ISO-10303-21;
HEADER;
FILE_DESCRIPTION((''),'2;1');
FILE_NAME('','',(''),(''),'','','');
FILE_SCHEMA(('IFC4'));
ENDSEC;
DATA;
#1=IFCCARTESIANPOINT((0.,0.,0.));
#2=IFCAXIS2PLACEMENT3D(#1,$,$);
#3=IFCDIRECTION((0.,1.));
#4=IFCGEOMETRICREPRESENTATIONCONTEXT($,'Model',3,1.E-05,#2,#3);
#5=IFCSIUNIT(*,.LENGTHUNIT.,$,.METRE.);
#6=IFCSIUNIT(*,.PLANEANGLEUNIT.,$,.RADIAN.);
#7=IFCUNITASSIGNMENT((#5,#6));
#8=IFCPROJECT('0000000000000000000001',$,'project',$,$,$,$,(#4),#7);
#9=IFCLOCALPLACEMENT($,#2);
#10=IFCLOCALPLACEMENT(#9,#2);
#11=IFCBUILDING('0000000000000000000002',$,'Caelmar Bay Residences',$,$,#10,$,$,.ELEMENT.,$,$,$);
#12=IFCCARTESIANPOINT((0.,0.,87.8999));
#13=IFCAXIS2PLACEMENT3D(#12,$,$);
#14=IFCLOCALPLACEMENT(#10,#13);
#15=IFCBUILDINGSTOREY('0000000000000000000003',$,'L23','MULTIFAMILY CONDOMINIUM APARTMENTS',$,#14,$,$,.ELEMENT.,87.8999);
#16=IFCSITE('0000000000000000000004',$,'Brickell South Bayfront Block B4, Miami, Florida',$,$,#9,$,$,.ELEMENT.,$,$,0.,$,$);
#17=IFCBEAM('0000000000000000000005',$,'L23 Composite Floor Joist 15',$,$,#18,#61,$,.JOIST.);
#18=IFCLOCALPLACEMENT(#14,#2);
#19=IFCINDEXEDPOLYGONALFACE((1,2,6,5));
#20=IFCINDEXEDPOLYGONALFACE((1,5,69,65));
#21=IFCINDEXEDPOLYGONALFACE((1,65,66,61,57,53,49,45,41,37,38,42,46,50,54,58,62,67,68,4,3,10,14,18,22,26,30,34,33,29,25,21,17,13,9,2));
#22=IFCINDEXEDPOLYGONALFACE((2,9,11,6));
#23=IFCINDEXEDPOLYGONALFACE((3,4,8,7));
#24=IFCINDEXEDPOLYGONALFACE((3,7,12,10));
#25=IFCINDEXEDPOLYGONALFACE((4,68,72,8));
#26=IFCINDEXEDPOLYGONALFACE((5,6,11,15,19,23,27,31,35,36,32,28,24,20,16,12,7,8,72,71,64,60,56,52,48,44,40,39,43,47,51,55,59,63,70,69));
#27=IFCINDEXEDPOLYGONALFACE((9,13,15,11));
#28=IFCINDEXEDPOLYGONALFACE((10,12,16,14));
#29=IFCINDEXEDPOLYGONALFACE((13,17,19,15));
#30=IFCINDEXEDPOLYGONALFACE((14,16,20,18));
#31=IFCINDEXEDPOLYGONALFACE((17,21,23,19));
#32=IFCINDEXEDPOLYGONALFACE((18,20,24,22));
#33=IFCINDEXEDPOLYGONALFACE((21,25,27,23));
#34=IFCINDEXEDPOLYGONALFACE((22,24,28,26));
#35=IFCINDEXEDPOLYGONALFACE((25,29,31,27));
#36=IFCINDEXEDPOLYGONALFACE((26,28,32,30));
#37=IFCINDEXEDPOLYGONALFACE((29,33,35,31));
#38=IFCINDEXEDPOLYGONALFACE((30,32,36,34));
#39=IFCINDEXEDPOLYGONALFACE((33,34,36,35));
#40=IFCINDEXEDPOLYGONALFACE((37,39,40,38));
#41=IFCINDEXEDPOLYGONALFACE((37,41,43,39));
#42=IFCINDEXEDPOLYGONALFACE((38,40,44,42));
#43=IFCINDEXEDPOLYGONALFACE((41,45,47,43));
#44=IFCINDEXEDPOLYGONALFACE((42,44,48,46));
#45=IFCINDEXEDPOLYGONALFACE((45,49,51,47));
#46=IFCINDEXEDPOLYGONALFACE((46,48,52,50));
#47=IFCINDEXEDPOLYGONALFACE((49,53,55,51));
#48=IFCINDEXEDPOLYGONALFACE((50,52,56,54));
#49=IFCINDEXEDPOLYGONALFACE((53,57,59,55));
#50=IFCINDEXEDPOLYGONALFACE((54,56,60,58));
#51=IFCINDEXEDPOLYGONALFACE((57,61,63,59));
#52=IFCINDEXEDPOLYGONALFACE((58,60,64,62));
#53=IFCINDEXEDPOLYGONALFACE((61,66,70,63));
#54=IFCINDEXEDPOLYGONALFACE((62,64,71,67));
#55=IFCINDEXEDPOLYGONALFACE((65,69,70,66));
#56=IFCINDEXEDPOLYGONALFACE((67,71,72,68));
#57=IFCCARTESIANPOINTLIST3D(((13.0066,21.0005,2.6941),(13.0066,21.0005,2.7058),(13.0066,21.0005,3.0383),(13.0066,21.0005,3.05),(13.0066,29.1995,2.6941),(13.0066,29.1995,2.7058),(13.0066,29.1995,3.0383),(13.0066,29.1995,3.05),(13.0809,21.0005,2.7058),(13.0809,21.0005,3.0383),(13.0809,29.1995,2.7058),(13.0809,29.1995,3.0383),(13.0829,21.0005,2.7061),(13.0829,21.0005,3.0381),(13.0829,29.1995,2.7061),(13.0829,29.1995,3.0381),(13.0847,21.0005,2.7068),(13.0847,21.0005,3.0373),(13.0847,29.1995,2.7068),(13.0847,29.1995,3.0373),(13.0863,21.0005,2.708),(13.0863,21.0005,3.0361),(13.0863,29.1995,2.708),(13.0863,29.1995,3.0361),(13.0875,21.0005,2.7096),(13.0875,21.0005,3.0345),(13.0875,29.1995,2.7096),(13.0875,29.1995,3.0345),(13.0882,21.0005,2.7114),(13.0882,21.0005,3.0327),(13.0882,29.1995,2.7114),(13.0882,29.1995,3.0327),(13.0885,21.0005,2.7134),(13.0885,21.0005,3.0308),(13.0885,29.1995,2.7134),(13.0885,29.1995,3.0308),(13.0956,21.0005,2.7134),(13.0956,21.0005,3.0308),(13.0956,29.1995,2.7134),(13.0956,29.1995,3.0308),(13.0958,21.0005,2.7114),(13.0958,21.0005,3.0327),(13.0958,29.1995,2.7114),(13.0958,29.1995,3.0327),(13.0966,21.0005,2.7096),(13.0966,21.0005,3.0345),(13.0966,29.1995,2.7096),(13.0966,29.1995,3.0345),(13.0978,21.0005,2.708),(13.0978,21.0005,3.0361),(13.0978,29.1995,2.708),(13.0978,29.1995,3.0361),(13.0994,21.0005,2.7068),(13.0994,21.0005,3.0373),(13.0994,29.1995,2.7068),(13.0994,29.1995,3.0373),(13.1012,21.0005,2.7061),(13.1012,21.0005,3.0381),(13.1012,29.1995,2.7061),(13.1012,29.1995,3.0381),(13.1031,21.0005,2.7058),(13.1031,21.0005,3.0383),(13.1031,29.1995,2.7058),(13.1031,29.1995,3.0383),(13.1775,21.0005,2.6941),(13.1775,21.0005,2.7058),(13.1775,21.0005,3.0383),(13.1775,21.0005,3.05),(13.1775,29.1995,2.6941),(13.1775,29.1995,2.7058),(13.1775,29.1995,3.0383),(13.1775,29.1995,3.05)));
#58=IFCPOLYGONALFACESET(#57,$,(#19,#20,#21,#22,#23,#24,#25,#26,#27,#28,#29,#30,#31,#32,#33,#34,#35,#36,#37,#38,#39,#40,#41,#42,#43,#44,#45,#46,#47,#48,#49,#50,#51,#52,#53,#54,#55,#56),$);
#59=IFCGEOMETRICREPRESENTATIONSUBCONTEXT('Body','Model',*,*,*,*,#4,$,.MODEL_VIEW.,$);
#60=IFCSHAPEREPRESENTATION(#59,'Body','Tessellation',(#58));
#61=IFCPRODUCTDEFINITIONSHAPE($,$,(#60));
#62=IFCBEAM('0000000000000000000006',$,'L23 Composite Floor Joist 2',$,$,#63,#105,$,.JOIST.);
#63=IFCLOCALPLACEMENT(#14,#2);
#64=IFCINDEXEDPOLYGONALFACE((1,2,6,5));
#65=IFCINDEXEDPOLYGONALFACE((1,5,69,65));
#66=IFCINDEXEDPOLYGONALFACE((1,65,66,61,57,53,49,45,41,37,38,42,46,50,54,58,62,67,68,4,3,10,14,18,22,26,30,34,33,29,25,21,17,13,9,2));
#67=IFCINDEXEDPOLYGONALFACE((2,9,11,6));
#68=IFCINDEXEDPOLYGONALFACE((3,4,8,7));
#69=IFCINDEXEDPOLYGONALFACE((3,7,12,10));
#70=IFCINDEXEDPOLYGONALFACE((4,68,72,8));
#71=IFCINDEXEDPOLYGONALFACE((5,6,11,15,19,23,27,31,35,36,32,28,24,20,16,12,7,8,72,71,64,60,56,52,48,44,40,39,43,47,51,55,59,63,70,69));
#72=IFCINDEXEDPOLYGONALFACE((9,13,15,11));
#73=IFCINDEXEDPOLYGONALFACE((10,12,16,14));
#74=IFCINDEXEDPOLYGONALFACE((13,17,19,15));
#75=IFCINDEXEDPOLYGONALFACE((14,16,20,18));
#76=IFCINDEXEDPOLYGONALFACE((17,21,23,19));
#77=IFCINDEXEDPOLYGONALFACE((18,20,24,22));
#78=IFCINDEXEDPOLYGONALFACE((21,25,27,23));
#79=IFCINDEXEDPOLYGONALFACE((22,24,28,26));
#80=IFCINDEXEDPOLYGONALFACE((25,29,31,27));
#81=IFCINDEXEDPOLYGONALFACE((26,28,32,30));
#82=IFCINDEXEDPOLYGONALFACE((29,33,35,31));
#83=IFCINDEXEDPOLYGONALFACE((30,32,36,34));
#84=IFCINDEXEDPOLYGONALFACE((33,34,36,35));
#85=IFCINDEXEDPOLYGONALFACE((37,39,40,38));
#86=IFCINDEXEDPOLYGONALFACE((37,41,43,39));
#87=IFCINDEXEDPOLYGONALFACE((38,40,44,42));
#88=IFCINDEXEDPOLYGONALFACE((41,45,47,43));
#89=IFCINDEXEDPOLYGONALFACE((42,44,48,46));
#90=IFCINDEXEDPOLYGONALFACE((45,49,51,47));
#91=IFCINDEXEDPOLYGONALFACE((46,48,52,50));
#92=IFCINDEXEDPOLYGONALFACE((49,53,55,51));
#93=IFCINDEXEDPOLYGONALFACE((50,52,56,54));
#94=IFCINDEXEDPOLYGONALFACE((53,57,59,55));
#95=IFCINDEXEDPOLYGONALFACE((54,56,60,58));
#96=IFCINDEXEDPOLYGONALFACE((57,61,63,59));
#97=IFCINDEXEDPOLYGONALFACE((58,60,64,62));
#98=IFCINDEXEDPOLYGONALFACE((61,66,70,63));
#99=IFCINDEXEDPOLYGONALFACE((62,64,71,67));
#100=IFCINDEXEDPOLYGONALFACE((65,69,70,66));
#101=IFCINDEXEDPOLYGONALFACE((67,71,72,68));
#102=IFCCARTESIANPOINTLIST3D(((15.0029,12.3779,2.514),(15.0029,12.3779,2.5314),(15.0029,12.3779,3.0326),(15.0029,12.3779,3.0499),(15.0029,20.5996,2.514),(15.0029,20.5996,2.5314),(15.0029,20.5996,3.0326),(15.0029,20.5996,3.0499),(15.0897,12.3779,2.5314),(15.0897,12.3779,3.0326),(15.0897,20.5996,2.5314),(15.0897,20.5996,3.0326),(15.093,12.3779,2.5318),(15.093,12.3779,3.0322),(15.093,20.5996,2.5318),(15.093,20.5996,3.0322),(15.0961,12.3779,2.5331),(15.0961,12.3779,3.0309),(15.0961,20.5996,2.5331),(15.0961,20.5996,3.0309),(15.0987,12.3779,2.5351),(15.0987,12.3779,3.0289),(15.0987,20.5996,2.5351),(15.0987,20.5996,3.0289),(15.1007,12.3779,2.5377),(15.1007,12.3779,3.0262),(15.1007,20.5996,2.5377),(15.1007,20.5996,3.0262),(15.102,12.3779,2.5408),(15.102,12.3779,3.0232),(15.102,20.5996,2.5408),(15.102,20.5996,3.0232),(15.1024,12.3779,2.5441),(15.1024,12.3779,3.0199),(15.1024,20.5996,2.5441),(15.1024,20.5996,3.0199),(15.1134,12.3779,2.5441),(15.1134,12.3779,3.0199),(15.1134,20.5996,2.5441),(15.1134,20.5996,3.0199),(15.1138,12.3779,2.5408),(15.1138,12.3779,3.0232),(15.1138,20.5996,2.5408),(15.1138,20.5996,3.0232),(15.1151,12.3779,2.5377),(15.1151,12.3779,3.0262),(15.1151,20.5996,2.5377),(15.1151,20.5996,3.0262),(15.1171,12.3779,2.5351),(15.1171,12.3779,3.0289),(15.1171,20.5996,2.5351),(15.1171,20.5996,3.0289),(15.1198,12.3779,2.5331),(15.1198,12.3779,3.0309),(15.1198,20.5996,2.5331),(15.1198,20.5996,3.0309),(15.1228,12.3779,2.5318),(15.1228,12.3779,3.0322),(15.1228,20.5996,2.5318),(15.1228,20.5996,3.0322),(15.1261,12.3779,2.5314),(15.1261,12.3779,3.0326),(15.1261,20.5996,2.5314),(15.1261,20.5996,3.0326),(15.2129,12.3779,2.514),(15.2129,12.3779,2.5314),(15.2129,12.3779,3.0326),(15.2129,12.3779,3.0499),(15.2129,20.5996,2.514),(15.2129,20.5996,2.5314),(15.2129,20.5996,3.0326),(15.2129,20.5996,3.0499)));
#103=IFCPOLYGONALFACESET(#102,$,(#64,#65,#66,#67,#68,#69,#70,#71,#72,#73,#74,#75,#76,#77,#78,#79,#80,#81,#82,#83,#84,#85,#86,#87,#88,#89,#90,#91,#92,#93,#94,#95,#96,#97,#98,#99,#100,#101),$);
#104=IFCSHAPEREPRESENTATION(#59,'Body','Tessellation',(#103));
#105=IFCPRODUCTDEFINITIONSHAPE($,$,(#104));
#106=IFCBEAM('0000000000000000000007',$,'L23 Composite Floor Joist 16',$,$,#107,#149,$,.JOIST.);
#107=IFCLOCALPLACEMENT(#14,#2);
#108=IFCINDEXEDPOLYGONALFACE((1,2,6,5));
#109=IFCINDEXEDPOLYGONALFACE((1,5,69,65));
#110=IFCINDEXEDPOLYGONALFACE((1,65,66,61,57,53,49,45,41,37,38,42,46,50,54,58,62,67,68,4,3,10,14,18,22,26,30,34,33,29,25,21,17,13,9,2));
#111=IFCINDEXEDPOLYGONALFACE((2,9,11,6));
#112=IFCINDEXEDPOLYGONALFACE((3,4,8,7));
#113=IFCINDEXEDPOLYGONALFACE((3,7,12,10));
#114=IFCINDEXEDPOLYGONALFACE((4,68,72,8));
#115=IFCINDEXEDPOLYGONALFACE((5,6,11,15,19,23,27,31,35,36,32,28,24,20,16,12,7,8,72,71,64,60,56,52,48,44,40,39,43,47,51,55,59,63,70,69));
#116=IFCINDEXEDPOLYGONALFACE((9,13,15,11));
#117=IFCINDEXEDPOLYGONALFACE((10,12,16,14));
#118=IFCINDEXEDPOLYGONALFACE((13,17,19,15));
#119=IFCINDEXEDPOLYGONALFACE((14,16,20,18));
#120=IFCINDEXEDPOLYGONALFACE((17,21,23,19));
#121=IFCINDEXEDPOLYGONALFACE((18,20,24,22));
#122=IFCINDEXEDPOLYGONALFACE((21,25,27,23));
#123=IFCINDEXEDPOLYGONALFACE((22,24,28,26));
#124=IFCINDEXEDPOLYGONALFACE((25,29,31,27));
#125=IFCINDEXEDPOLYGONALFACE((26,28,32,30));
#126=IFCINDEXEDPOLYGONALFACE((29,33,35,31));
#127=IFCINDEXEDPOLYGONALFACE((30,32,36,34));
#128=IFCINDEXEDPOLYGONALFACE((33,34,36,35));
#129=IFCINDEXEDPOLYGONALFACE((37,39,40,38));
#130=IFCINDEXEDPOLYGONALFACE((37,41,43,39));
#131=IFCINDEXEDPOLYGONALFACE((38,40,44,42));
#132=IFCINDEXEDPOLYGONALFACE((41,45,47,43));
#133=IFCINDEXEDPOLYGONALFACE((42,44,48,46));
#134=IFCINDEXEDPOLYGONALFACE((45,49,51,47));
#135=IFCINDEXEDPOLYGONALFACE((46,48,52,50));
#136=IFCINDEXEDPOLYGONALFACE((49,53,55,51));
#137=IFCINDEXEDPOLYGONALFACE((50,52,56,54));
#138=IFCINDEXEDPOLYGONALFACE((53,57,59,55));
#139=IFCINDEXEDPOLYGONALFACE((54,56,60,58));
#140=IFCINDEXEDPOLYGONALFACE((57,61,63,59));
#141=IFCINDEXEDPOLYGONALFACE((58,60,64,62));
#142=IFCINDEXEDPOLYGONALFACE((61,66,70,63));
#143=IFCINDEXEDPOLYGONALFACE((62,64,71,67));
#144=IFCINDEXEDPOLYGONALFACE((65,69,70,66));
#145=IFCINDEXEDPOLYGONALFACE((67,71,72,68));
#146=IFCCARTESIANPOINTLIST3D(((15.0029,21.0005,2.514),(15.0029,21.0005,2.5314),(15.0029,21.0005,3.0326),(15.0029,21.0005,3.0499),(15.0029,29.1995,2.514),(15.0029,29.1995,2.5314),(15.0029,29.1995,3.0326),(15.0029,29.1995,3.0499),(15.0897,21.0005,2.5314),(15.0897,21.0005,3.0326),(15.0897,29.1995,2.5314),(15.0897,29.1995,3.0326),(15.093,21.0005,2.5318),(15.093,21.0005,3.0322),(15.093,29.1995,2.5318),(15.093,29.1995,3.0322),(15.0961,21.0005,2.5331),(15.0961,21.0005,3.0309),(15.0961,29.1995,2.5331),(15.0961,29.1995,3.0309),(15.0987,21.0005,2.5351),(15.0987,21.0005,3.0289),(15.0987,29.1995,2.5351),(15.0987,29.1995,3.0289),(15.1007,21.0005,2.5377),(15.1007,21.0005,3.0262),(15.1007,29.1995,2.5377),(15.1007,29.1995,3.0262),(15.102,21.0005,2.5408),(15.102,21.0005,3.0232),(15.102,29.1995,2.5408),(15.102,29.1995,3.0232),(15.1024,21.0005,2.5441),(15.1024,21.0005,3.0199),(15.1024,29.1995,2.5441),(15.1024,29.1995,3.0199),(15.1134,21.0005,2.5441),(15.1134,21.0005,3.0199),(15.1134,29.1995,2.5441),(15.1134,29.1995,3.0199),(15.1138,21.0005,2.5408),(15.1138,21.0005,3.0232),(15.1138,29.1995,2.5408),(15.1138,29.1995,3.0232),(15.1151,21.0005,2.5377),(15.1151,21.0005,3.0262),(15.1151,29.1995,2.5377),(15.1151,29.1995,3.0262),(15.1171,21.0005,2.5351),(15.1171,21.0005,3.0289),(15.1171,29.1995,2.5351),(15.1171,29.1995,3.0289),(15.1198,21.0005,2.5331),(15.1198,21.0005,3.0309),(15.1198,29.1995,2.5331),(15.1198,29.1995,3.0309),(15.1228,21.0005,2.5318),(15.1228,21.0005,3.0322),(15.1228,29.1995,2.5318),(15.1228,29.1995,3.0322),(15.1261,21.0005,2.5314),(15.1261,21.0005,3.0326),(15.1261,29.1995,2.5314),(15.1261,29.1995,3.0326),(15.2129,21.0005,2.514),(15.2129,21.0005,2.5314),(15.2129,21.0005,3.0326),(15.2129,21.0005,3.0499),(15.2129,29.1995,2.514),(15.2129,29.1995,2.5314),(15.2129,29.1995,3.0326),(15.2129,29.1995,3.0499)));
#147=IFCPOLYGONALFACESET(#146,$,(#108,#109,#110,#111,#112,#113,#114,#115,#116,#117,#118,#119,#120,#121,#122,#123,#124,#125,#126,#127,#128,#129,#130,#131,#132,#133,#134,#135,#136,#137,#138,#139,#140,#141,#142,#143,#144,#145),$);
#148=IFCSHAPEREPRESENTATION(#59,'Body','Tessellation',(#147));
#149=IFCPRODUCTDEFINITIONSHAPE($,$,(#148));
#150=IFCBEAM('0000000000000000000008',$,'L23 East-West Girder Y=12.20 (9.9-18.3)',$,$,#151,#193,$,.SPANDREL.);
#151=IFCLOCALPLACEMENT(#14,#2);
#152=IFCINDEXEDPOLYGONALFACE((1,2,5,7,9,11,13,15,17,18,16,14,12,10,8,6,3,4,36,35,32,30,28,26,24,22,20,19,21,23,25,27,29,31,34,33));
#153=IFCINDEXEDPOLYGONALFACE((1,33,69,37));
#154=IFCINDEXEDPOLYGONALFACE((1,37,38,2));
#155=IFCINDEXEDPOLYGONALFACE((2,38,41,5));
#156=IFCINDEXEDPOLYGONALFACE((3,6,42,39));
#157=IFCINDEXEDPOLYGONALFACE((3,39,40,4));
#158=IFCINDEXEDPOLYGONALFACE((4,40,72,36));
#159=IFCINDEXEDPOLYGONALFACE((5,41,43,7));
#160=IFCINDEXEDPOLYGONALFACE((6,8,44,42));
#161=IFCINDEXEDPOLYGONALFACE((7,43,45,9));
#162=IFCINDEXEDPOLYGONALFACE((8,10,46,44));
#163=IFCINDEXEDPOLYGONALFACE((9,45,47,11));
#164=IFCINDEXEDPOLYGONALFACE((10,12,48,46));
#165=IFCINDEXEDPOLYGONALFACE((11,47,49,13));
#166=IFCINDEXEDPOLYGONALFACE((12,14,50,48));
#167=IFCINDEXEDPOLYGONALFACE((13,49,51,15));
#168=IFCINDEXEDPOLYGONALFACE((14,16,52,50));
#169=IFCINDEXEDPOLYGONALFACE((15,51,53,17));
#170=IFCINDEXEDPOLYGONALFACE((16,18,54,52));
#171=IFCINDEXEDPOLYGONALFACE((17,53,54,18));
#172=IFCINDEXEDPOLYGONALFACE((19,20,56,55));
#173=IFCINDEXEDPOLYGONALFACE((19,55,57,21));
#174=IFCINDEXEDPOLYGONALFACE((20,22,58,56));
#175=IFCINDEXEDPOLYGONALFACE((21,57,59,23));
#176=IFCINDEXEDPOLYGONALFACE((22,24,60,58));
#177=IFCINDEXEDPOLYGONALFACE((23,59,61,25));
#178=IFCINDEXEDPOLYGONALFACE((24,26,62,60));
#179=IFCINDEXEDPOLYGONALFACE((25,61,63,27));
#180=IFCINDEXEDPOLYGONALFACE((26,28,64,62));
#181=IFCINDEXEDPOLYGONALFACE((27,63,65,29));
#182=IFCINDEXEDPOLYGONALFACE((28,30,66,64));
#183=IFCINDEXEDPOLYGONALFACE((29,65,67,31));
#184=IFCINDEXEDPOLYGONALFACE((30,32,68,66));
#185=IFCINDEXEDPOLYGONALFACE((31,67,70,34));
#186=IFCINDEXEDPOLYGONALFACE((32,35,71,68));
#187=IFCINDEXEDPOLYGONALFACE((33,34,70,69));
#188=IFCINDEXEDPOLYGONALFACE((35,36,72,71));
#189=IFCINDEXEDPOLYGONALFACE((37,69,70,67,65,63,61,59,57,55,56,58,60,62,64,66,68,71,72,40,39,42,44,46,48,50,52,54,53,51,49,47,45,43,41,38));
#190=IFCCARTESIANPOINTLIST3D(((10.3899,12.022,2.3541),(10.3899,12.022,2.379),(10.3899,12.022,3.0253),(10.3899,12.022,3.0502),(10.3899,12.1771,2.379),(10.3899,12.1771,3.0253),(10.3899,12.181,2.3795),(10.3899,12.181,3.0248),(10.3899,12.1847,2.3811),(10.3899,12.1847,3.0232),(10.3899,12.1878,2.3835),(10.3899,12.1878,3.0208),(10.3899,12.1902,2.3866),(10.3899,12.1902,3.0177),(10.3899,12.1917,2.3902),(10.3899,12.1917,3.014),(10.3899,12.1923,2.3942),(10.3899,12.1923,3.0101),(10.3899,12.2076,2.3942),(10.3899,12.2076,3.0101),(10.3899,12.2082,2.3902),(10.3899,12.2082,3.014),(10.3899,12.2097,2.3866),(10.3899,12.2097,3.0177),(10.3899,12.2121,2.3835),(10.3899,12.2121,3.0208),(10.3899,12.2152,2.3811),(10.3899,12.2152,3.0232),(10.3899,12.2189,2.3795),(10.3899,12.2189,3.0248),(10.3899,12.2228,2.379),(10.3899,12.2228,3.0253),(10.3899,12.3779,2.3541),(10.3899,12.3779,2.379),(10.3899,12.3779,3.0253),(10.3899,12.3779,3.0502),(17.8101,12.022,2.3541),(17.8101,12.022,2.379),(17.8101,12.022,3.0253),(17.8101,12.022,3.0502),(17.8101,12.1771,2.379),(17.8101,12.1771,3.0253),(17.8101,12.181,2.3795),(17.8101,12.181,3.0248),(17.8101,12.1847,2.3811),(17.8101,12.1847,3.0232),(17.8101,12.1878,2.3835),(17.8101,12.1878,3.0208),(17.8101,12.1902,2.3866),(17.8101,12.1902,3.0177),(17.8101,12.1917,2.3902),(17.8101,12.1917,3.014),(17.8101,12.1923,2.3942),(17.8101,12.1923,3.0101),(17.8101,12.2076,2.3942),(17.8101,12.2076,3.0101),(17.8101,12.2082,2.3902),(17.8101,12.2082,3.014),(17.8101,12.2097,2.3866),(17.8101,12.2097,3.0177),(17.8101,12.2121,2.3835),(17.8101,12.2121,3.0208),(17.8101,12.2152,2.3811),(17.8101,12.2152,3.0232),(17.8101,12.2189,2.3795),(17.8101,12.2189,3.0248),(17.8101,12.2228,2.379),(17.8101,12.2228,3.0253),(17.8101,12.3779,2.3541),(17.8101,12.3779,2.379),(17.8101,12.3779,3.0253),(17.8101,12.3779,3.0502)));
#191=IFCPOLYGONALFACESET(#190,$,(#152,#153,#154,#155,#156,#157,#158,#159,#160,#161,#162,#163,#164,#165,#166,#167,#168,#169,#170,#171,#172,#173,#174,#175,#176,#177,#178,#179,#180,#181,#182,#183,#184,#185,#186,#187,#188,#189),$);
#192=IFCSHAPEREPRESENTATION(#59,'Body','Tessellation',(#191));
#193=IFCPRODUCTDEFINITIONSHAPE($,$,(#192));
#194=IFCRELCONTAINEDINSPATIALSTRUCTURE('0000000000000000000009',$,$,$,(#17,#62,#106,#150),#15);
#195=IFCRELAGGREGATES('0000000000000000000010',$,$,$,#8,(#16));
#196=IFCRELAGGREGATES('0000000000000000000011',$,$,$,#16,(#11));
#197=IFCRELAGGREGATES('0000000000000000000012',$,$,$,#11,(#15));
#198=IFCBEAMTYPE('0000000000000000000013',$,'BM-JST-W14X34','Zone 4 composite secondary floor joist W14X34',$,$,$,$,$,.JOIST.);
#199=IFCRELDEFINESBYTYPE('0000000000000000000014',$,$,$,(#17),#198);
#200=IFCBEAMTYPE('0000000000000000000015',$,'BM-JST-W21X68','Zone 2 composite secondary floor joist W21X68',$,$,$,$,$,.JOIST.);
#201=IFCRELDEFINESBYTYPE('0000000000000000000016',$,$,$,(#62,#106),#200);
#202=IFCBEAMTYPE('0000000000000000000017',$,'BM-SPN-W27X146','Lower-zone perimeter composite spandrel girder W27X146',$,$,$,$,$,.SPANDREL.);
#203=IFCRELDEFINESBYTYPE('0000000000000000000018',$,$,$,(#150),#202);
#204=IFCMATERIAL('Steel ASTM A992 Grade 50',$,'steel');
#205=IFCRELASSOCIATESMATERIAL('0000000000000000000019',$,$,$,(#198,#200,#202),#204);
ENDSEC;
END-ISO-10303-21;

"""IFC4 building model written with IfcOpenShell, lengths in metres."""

from ifc_helpers import new_model, si_unit, direction, frame, origin, origin_2d, place, context, subcontext, project, spatial, i_section, extrude, material, material_profile, profile_set, type_object, element, save


model = new_model("IFC4")

# Units and contexts
model_context = context("Model", 3, precision=1e-05, world=origin(), true_north=direction((0.0, 1.0)))
body_context = subcontext(model_context, "Body", "Model", "MODEL_VIEW")
ifc_project = project(units=[si_unit("LENGTHUNIT", "METRE"), si_unit("PLANEANGLEUNIT", "RADIAN")], contexts=[model_context])

# Site, building, storey
site_placement = place(None, origin())
site = spatial("IfcSite", under=ifc_project, at=site_placement, Name="Brickell South Bayfront Block B4, Miami, Florida", CompositionType="ELEMENT", RefElevation=0.0)
building_placement = place(site_placement, origin())
building = spatial("IfcBuilding", under=site, at=building_placement, Name="Caelmar Bay Residences", CompositionType="ELEMENT")
storey_placement = place(building_placement, frame((0.0, 0.0, 87.8999)))
storey = spatial("IfcBuildingStorey", under=building, at=storey_placement, Name="L23", Description="MULTIFAMILY CONDOMINIUM APARTMENTS", CompositionType="ELEMENT", Elevation=87.8999)

# Beams
ifc_material_1 = material(Name="Steel ASTM A992 Grade 50", Category="steel")
ifc_material_profile_1 = material_profile(ifc_material_1, i_section(OverallWidth=0.1709, OverallDepth=0.356, WebThickness=0.0071, FlangeThickness=0.0117, FilletRadius=0.0076, at=origin_2d()), Name="W14X34")
ifc_profile_set_1 = profile_set([ifc_material_profile_1], Name="Steel ASTM A992 Grade 50")
beam_type_1 = type_object("IfcBeamType", Name="BM-JST-W14X34", Description="Zone 4 composite secondary floor joist W14X34", PredefinedType="JOIST", material=ifc_profile_set_1)
beam_1_placement = place(storey_placement, frame((13.092, 21.0005, 2.8721), z_axis=(0.0, 1.0, 0.0), x_axis=(-1.0, 0.0, 0.0)))
element("IfcBeam", 1, at=beam_1_placement, inside=storey, type_object=beam_type_1, Name="L23 Composite Floor Joist 15", PredefinedType="JOIST", context=body_context, shape_type="SweptSolid", body=[
    extrude(i_section(OverallWidth=0.1709, OverallDepth=0.356, WebThickness=0.0071, FlangeThickness=0.0117, FilletRadius=0.0076, at=origin_2d()), origin(), (0.0, 0.0, 1.0), 8.199),
])
ifc_material_profile_2 = material_profile(ifc_material_1, i_section(OverallWidth=0.21, OverallDepth=0.5359, WebThickness=0.011, FlangeThickness=0.0173, FilletRadius=0.0127, at=origin_2d()), Name="W21X68")
ifc_profile_set_2 = profile_set([ifc_material_profile_2], Name="Steel ASTM A992 Grade 50")
beam_type_2 = type_object("IfcBeamType", Name="BM-JST-W21X68", Description="Zone 2 composite secondary floor joist W21X68", PredefinedType="JOIST", material=ifc_profile_set_2)
beam_2_placement = place(storey_placement, frame((15.1079, 12.3779, 2.782), z_axis=(0.0, 1.0, 0.0), x_axis=(-1.0, 0.0, 0.0)))
element("IfcBeam", 2, at=beam_2_placement, inside=storey, type_object=beam_type_2, Name="L23 Composite Floor Joist 2", PredefinedType="JOIST", context=body_context, shape_type="SweptSolid", body=[
    extrude(i_section(OverallWidth=0.21, OverallDepth=0.5359, WebThickness=0.011, FlangeThickness=0.0173, FilletRadius=0.0127, at=origin_2d()), origin(), (0.0, 0.0, 1.0), 8.2217),
])
beam_3_placement = place(storey_placement, frame((15.1079, 21.0005, 2.782), z_axis=(0.0, 1.0, 0.0), x_axis=(-1.0, 0.0, 0.0)))
element("IfcBeam", 3, at=beam_3_placement, inside=storey, type_object=beam_type_2, Name="L23 Composite Floor Joist 16", PredefinedType="JOIST", context=body_context, shape_type="SweptSolid", body=[
    extrude(i_section(OverallWidth=0.21, OverallDepth=0.5359, WebThickness=0.011, FlangeThickness=0.0173, FilletRadius=0.0127, at=origin_2d()), origin(), (0.0, 0.0, 1.0), 8.199),
])
ifc_material_profile_3 = material_profile(ifc_material_1, i_section(OverallWidth=0.356, OverallDepth=0.696, WebThickness=0.0154, FlangeThickness=0.0249, FilletRadius=0.0151, at=origin_2d()), Name="W27X146")
ifc_profile_set_3 = profile_set([ifc_material_profile_3], Name="Steel ASTM A992 Grade 50")
beam_type_3 = type_object("IfcBeamType", Name="BM-SPN-W27X146", Description="Lower-zone perimeter composite spandrel girder W27X146", PredefinedType="SPANDREL", material=ifc_profile_set_3)
beam_4_placement = place(storey_placement, frame((10.3899, 12.2, 2.7021), z_axis=(1.0, 0.0, 0.0), x_axis=(0.0, 1.0, 0.0)))
element("IfcBeam", 4, at=beam_4_placement, inside=storey, type_object=beam_type_3, Name="L23 East-West Girder Y=12.20 (9.9-18.3)", PredefinedType="SPANDREL", context=body_context, shape_type="SweptSolid", body=[
    extrude(i_section(OverallWidth=0.356, OverallDepth=0.696, WebThickness=0.0154, FlangeThickness=0.0249, FilletRadius=0.0151, at=origin_2d()), origin(), (0.0, 0.0, 1.0), 7.4202),
])

save(model, "model.ifc")
